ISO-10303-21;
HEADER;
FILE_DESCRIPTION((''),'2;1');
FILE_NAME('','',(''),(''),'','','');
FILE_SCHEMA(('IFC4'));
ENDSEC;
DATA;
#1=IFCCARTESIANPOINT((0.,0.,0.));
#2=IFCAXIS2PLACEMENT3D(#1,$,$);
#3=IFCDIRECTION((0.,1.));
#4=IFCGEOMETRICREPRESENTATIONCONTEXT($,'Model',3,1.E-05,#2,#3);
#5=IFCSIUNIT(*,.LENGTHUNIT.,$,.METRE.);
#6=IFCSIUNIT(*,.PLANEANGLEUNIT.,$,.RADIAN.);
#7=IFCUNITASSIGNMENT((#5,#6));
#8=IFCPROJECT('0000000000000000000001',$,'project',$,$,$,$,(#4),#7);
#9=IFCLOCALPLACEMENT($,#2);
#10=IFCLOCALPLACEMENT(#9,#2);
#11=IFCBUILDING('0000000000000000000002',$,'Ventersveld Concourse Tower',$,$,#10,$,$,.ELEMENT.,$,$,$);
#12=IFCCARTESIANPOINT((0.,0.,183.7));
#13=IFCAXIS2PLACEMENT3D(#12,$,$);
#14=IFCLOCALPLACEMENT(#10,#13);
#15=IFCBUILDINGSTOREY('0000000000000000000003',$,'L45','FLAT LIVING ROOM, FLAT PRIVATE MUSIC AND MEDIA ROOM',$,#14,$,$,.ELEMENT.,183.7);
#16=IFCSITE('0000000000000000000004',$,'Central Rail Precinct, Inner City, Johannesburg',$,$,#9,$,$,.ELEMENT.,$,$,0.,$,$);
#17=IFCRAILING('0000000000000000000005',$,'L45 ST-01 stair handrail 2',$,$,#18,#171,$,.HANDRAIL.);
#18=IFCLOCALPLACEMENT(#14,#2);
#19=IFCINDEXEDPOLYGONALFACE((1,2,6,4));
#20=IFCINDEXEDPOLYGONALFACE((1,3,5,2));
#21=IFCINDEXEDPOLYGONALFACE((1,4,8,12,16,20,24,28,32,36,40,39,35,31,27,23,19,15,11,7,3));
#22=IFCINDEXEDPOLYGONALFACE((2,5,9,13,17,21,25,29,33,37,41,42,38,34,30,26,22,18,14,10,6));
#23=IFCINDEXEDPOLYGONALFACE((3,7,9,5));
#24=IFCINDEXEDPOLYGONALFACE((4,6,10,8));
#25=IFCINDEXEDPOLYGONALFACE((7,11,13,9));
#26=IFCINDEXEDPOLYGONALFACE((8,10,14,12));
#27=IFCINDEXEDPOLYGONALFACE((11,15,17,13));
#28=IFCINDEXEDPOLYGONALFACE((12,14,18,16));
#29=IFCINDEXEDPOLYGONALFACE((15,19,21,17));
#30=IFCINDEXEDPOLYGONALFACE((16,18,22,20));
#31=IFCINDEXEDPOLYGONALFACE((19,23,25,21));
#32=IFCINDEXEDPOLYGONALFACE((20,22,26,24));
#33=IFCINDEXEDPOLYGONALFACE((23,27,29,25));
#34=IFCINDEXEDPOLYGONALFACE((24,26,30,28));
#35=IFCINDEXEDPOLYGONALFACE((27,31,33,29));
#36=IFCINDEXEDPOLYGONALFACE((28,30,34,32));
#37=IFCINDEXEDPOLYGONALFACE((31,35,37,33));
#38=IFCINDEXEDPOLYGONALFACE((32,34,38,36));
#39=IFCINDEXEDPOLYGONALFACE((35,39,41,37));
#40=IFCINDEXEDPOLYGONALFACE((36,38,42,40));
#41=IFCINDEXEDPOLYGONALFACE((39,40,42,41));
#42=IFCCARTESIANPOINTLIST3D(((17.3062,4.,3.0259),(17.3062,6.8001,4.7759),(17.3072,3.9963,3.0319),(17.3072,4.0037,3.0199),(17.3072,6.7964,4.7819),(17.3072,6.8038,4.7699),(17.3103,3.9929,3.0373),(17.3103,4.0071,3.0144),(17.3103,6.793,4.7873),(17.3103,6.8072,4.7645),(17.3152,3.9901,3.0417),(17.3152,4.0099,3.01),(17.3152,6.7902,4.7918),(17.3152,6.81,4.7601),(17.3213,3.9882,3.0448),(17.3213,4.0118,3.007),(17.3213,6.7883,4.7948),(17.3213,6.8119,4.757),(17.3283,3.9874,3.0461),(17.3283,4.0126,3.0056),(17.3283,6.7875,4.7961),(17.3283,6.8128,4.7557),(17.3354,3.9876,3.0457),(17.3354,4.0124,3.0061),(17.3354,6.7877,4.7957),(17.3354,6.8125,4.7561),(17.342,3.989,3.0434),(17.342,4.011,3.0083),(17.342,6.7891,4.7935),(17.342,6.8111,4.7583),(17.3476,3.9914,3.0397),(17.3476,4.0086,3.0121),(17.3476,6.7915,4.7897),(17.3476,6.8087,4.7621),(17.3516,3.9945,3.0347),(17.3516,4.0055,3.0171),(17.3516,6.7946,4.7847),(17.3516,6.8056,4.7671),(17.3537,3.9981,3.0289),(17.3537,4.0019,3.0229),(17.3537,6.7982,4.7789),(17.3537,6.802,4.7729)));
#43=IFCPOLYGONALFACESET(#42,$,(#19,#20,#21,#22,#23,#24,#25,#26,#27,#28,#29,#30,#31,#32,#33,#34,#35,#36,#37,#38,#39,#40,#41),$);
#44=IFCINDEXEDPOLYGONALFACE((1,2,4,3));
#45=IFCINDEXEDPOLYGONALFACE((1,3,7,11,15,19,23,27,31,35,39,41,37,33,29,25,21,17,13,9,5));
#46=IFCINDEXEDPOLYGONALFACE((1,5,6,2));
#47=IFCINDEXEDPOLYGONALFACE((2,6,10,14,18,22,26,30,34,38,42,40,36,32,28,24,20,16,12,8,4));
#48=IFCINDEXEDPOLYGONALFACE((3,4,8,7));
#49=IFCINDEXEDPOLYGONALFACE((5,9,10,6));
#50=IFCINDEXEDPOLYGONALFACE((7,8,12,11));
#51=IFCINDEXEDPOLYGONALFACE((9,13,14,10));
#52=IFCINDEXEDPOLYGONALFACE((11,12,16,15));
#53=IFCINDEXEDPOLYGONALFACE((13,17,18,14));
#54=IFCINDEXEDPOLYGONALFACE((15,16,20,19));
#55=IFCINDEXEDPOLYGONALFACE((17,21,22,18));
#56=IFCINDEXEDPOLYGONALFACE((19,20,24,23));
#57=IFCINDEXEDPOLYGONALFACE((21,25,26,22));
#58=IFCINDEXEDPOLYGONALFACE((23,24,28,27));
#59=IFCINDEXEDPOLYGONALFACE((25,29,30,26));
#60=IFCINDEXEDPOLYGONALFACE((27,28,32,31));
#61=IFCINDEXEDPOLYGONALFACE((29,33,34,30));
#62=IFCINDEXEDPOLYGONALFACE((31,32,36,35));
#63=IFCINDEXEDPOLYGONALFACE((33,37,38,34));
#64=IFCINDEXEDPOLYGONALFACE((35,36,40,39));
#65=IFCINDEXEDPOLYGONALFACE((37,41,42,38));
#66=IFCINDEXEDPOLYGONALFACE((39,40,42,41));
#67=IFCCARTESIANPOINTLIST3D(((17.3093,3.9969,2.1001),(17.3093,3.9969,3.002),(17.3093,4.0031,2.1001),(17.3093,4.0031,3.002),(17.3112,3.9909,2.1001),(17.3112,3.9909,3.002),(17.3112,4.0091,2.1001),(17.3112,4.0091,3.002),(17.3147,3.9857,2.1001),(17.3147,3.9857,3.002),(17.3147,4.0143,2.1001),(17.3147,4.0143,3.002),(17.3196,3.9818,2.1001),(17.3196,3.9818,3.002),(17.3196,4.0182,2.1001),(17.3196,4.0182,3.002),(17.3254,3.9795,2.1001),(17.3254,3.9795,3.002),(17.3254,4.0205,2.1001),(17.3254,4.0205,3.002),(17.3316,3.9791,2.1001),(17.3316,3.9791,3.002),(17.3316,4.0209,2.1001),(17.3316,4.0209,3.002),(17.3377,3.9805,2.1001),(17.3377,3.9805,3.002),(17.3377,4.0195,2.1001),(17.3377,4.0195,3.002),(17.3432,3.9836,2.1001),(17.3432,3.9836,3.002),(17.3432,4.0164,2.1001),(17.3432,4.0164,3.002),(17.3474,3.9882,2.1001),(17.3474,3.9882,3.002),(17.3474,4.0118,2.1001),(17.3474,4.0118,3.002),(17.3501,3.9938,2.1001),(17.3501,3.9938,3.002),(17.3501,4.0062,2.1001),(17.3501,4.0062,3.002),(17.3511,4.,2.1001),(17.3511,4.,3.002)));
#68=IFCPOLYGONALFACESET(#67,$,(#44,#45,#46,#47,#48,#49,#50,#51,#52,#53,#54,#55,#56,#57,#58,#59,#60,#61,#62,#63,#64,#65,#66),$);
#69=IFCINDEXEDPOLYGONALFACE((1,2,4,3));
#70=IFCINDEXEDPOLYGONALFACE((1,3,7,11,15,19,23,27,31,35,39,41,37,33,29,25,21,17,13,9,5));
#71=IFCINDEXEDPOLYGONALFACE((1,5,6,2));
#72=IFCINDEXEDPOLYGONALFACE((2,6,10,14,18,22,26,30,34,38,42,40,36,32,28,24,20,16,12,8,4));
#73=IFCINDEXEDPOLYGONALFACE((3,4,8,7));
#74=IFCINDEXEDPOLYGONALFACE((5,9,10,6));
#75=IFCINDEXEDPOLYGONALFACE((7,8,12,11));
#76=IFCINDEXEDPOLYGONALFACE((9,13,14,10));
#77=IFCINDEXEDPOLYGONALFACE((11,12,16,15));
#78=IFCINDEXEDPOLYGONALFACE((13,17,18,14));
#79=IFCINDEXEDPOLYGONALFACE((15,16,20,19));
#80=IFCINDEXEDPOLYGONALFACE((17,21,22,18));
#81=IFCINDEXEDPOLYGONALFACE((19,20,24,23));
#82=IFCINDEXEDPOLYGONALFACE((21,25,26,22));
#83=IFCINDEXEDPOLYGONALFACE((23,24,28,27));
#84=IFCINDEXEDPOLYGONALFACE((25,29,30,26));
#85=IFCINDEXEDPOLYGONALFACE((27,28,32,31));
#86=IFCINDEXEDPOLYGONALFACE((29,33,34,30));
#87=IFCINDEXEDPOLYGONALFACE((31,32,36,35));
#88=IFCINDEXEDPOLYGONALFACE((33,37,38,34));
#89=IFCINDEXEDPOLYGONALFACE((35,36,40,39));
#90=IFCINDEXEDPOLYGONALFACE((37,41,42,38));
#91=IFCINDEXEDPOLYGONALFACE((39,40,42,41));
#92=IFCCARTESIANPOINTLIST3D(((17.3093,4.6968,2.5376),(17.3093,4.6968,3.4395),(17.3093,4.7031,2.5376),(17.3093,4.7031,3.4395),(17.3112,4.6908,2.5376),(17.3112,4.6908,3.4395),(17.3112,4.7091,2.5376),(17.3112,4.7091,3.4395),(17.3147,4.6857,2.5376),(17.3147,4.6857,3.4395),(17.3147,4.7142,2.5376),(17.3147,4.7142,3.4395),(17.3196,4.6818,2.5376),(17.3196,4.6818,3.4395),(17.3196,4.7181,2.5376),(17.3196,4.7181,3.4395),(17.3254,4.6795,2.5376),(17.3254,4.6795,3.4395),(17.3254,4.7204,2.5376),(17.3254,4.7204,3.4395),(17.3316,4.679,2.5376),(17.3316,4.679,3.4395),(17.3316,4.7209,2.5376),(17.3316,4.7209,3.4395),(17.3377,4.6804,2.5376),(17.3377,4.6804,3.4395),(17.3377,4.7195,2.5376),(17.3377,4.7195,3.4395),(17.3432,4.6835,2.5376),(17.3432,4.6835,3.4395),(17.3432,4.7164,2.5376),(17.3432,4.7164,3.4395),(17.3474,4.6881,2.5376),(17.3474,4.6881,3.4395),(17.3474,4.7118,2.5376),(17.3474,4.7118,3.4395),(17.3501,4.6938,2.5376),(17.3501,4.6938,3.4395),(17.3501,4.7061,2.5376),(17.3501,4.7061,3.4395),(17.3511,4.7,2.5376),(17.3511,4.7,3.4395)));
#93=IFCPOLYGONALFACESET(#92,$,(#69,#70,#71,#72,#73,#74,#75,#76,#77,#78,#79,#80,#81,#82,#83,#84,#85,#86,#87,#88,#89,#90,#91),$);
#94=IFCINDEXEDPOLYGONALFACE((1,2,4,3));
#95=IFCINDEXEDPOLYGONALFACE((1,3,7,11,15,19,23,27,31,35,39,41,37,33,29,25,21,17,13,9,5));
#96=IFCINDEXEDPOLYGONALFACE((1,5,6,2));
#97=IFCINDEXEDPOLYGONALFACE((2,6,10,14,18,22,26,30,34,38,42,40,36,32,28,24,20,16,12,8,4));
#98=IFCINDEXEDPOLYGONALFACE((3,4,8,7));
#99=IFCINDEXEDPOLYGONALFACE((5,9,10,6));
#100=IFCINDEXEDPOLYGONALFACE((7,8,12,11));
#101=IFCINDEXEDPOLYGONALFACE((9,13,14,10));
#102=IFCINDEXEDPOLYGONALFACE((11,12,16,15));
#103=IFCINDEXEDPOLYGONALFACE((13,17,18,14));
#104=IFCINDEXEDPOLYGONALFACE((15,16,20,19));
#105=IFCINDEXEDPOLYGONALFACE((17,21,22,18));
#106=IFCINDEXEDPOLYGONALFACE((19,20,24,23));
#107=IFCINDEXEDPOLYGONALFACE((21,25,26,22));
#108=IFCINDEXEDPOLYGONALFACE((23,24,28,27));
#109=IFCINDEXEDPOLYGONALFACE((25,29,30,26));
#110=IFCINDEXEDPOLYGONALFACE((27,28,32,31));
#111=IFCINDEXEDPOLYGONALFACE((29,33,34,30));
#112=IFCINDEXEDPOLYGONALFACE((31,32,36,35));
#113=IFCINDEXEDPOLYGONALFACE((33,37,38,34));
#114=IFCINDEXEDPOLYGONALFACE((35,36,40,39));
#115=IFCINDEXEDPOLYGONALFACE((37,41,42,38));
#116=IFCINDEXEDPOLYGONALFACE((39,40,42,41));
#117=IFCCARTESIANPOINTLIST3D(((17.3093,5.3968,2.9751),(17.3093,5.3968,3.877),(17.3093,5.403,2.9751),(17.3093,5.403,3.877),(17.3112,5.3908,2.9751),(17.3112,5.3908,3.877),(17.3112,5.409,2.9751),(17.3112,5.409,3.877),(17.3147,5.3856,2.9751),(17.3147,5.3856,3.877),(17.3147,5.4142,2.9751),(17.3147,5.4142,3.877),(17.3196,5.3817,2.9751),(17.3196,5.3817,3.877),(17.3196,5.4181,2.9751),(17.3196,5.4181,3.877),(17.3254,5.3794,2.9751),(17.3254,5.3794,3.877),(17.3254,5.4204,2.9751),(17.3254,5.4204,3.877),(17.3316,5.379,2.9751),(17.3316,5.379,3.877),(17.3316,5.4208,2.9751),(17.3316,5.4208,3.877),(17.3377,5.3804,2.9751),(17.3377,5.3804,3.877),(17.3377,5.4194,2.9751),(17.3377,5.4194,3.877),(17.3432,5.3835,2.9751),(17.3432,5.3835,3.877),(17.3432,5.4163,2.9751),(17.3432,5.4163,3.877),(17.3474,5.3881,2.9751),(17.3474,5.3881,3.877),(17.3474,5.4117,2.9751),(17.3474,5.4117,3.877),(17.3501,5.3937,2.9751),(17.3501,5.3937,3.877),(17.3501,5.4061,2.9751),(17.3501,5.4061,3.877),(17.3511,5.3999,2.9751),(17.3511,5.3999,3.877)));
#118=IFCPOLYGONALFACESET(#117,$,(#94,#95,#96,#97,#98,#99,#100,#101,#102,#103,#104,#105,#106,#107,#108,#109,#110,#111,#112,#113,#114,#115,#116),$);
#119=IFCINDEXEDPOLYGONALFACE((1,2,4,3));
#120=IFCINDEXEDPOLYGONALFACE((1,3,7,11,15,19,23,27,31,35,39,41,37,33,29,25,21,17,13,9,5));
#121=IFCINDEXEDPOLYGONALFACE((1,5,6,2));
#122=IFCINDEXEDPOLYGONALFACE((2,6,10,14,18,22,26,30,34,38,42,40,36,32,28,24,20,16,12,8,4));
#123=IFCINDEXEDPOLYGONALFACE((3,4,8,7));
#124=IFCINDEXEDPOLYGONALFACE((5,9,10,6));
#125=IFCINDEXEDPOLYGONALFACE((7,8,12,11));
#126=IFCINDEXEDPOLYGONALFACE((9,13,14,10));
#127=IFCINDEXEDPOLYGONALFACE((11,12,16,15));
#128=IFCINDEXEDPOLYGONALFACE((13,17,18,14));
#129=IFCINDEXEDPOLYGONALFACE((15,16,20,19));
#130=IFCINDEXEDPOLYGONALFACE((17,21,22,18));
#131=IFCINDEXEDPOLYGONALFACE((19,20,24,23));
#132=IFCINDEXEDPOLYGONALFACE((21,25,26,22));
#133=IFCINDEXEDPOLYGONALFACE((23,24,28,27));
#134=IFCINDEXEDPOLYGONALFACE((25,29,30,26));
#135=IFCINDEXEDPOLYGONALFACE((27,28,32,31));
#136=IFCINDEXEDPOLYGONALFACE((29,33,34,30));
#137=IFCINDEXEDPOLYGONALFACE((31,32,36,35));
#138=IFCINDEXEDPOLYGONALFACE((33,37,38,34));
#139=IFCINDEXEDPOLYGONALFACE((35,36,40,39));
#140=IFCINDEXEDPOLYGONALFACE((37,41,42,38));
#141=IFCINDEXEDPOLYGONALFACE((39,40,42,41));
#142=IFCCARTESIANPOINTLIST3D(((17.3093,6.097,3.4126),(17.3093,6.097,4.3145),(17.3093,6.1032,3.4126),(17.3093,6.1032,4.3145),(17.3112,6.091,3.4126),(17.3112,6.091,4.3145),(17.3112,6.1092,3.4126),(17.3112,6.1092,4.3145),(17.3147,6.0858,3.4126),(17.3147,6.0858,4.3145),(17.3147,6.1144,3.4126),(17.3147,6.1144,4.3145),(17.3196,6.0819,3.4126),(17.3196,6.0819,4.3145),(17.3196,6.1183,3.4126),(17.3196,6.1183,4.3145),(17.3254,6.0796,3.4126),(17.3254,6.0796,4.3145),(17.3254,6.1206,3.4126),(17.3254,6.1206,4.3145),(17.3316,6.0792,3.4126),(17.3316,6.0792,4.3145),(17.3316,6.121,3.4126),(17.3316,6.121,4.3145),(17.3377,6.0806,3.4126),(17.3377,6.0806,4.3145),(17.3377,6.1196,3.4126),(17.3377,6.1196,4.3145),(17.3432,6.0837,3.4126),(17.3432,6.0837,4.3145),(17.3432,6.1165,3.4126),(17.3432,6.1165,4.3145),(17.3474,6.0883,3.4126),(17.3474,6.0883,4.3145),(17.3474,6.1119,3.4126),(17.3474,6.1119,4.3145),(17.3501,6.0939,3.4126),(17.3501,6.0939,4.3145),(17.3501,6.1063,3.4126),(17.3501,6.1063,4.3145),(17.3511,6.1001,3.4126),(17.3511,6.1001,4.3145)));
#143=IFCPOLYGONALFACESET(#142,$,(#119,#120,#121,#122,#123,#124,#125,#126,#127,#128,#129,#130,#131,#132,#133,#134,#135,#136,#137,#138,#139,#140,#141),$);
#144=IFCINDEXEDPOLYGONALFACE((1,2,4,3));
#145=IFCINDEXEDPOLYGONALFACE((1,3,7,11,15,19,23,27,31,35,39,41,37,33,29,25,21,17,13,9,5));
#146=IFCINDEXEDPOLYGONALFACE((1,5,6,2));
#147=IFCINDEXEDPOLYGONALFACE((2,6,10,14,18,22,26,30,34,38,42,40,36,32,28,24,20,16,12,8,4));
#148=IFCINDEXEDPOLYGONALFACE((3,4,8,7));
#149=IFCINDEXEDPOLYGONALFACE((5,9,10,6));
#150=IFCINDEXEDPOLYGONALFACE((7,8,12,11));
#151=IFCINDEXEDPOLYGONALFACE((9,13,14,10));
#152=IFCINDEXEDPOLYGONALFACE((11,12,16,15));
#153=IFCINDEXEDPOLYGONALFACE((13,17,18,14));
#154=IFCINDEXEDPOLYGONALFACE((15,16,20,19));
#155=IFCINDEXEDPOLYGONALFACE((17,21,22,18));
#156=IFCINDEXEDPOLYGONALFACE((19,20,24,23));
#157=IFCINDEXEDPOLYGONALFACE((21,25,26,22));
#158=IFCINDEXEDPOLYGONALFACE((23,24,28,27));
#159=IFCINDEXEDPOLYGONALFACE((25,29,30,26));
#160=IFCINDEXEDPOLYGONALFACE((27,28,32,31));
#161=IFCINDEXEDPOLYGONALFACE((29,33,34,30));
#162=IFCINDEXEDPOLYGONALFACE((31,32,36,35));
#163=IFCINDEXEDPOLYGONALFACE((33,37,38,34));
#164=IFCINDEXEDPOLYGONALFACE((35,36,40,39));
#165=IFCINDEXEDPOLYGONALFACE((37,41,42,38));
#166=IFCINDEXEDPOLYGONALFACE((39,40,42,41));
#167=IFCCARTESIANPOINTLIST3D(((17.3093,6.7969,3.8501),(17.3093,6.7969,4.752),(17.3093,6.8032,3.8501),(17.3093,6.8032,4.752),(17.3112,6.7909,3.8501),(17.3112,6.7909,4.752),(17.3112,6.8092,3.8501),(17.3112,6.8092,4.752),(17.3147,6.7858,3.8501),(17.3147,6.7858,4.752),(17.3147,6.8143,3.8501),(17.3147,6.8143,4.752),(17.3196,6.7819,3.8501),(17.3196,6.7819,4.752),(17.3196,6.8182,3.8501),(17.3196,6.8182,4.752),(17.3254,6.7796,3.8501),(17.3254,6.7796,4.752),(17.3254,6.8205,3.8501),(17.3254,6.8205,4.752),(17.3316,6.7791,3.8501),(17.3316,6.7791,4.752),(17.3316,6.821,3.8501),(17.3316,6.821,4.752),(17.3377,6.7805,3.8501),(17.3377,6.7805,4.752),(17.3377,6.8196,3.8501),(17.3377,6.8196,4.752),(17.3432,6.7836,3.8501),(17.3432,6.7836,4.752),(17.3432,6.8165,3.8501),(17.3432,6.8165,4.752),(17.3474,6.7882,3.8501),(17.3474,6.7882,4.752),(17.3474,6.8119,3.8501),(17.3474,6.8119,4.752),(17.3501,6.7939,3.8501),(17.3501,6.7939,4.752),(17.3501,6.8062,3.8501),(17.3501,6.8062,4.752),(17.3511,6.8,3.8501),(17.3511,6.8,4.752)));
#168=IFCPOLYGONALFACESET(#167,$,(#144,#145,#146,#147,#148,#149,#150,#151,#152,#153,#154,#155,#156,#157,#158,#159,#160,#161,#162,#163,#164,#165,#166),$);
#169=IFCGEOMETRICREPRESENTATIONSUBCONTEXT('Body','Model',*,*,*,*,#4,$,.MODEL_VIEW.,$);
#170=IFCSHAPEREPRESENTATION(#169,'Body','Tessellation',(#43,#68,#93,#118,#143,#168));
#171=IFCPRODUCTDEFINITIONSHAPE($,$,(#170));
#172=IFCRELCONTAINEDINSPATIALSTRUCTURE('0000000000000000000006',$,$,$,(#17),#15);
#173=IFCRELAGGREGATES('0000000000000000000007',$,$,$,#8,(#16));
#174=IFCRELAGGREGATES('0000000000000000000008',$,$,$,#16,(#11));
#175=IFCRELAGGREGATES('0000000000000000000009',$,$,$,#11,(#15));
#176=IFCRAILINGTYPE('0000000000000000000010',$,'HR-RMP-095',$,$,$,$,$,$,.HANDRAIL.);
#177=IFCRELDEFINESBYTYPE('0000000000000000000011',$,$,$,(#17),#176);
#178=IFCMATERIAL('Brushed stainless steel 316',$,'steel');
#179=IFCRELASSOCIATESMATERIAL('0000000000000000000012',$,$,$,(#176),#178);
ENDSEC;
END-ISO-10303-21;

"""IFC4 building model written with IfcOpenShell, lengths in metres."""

from ifc_helpers import new_model, si_unit, direction, frame, origin, origin_2d, place, context, subcontext, project, spatial, circle, extrude, material, type_object, element, save


model = new_model("IFC4")

# Units and contexts
model_context = context("Model", 3, precision=1e-05, world=origin(), true_north=direction((0.0, 1.0)))
body_context = subcontext(model_context, "Body", "Model", "MODEL_VIEW")
ifc_project = project(units=[si_unit("LENGTHUNIT", "METRE"), si_unit("PLANEANGLEUNIT", "RADIAN")], contexts=[model_context])

# Site, building, storey
site_placement = place(None, origin())
site = spatial("IfcSite", under=ifc_project, at=site_placement, Name="Central Rail Precinct, Inner City, Johannesburg", CompositionType="ELEMENT", RefElevation=0.0)
building_placement = place(site_placement, origin())
building = spatial("IfcBuilding", under=site, at=building_placement, Name="Ventersveld Concourse Tower", CompositionType="ELEMENT")
storey_placement = place(building_placement, frame((0.0, 0.0, 183.7)))
storey = spatial("IfcBuildingStorey", under=building, at=storey_placement, Name="L45", Description="FLAT LIVING ROOM, FLAT PRIVATE MUSIC AND MEDIA ROOM", CompositionType="ELEMENT", Elevation=183.7)

# Railing
ifc_material_1 = material(Name="Brushed stainless steel 316", Category="steel")
railing_type_1 = type_object("IfcRailingType", Name="HR-RMP-095", PredefinedType="HANDRAIL", material=ifc_material_1)
railing_1_placement = place(storey_placement, frame((17.3301, 4.0, 2.1001)))
element("IfcRailing", 1, at=railing_1_placement, inside=storey, type_object=railing_type_1, Name="L45 ST-01 stair handrail 2", PredefinedType="HANDRAIL", context=body_context, shape_type="SweptSolid", body=[
    extrude(circle(Radius=0.0239, at=origin_2d()), frame((0.0, 0.0, 0.9258), z_axis=(0.0, 0.848002, 0.529992), x_axis=(-1.0, 0.0, 0.0)), (0.0, 0.0, 1.0), 3.302),
    extrude(circle(Radius=0.021, at=origin_2d()), origin(), (0.0, 0.0, 1.0), 0.9019),
    extrude(circle(Radius=0.021, at=origin_2d()), frame((0.0, 0.7, 0.4375)), (0.0, 0.0, 1.0), 0.9019),
    extrude(circle(Radius=0.021, at=origin_2d()), frame((0.0, 1.3999, 0.875)), (0.0, 0.0, 1.0), 0.9019),
    extrude(circle(Radius=0.021, at=origin_2d()), frame((0.0, 2.1001, 1.3125)), (0.0, 0.0, 1.0), 0.9019),
    extrude(circle(Radius=0.021, at=origin_2d()), frame((0.0, 2.8, 1.75)), (0.0, 0.0, 1.0), 0.9019),
])

save(model, "model.ifc")
